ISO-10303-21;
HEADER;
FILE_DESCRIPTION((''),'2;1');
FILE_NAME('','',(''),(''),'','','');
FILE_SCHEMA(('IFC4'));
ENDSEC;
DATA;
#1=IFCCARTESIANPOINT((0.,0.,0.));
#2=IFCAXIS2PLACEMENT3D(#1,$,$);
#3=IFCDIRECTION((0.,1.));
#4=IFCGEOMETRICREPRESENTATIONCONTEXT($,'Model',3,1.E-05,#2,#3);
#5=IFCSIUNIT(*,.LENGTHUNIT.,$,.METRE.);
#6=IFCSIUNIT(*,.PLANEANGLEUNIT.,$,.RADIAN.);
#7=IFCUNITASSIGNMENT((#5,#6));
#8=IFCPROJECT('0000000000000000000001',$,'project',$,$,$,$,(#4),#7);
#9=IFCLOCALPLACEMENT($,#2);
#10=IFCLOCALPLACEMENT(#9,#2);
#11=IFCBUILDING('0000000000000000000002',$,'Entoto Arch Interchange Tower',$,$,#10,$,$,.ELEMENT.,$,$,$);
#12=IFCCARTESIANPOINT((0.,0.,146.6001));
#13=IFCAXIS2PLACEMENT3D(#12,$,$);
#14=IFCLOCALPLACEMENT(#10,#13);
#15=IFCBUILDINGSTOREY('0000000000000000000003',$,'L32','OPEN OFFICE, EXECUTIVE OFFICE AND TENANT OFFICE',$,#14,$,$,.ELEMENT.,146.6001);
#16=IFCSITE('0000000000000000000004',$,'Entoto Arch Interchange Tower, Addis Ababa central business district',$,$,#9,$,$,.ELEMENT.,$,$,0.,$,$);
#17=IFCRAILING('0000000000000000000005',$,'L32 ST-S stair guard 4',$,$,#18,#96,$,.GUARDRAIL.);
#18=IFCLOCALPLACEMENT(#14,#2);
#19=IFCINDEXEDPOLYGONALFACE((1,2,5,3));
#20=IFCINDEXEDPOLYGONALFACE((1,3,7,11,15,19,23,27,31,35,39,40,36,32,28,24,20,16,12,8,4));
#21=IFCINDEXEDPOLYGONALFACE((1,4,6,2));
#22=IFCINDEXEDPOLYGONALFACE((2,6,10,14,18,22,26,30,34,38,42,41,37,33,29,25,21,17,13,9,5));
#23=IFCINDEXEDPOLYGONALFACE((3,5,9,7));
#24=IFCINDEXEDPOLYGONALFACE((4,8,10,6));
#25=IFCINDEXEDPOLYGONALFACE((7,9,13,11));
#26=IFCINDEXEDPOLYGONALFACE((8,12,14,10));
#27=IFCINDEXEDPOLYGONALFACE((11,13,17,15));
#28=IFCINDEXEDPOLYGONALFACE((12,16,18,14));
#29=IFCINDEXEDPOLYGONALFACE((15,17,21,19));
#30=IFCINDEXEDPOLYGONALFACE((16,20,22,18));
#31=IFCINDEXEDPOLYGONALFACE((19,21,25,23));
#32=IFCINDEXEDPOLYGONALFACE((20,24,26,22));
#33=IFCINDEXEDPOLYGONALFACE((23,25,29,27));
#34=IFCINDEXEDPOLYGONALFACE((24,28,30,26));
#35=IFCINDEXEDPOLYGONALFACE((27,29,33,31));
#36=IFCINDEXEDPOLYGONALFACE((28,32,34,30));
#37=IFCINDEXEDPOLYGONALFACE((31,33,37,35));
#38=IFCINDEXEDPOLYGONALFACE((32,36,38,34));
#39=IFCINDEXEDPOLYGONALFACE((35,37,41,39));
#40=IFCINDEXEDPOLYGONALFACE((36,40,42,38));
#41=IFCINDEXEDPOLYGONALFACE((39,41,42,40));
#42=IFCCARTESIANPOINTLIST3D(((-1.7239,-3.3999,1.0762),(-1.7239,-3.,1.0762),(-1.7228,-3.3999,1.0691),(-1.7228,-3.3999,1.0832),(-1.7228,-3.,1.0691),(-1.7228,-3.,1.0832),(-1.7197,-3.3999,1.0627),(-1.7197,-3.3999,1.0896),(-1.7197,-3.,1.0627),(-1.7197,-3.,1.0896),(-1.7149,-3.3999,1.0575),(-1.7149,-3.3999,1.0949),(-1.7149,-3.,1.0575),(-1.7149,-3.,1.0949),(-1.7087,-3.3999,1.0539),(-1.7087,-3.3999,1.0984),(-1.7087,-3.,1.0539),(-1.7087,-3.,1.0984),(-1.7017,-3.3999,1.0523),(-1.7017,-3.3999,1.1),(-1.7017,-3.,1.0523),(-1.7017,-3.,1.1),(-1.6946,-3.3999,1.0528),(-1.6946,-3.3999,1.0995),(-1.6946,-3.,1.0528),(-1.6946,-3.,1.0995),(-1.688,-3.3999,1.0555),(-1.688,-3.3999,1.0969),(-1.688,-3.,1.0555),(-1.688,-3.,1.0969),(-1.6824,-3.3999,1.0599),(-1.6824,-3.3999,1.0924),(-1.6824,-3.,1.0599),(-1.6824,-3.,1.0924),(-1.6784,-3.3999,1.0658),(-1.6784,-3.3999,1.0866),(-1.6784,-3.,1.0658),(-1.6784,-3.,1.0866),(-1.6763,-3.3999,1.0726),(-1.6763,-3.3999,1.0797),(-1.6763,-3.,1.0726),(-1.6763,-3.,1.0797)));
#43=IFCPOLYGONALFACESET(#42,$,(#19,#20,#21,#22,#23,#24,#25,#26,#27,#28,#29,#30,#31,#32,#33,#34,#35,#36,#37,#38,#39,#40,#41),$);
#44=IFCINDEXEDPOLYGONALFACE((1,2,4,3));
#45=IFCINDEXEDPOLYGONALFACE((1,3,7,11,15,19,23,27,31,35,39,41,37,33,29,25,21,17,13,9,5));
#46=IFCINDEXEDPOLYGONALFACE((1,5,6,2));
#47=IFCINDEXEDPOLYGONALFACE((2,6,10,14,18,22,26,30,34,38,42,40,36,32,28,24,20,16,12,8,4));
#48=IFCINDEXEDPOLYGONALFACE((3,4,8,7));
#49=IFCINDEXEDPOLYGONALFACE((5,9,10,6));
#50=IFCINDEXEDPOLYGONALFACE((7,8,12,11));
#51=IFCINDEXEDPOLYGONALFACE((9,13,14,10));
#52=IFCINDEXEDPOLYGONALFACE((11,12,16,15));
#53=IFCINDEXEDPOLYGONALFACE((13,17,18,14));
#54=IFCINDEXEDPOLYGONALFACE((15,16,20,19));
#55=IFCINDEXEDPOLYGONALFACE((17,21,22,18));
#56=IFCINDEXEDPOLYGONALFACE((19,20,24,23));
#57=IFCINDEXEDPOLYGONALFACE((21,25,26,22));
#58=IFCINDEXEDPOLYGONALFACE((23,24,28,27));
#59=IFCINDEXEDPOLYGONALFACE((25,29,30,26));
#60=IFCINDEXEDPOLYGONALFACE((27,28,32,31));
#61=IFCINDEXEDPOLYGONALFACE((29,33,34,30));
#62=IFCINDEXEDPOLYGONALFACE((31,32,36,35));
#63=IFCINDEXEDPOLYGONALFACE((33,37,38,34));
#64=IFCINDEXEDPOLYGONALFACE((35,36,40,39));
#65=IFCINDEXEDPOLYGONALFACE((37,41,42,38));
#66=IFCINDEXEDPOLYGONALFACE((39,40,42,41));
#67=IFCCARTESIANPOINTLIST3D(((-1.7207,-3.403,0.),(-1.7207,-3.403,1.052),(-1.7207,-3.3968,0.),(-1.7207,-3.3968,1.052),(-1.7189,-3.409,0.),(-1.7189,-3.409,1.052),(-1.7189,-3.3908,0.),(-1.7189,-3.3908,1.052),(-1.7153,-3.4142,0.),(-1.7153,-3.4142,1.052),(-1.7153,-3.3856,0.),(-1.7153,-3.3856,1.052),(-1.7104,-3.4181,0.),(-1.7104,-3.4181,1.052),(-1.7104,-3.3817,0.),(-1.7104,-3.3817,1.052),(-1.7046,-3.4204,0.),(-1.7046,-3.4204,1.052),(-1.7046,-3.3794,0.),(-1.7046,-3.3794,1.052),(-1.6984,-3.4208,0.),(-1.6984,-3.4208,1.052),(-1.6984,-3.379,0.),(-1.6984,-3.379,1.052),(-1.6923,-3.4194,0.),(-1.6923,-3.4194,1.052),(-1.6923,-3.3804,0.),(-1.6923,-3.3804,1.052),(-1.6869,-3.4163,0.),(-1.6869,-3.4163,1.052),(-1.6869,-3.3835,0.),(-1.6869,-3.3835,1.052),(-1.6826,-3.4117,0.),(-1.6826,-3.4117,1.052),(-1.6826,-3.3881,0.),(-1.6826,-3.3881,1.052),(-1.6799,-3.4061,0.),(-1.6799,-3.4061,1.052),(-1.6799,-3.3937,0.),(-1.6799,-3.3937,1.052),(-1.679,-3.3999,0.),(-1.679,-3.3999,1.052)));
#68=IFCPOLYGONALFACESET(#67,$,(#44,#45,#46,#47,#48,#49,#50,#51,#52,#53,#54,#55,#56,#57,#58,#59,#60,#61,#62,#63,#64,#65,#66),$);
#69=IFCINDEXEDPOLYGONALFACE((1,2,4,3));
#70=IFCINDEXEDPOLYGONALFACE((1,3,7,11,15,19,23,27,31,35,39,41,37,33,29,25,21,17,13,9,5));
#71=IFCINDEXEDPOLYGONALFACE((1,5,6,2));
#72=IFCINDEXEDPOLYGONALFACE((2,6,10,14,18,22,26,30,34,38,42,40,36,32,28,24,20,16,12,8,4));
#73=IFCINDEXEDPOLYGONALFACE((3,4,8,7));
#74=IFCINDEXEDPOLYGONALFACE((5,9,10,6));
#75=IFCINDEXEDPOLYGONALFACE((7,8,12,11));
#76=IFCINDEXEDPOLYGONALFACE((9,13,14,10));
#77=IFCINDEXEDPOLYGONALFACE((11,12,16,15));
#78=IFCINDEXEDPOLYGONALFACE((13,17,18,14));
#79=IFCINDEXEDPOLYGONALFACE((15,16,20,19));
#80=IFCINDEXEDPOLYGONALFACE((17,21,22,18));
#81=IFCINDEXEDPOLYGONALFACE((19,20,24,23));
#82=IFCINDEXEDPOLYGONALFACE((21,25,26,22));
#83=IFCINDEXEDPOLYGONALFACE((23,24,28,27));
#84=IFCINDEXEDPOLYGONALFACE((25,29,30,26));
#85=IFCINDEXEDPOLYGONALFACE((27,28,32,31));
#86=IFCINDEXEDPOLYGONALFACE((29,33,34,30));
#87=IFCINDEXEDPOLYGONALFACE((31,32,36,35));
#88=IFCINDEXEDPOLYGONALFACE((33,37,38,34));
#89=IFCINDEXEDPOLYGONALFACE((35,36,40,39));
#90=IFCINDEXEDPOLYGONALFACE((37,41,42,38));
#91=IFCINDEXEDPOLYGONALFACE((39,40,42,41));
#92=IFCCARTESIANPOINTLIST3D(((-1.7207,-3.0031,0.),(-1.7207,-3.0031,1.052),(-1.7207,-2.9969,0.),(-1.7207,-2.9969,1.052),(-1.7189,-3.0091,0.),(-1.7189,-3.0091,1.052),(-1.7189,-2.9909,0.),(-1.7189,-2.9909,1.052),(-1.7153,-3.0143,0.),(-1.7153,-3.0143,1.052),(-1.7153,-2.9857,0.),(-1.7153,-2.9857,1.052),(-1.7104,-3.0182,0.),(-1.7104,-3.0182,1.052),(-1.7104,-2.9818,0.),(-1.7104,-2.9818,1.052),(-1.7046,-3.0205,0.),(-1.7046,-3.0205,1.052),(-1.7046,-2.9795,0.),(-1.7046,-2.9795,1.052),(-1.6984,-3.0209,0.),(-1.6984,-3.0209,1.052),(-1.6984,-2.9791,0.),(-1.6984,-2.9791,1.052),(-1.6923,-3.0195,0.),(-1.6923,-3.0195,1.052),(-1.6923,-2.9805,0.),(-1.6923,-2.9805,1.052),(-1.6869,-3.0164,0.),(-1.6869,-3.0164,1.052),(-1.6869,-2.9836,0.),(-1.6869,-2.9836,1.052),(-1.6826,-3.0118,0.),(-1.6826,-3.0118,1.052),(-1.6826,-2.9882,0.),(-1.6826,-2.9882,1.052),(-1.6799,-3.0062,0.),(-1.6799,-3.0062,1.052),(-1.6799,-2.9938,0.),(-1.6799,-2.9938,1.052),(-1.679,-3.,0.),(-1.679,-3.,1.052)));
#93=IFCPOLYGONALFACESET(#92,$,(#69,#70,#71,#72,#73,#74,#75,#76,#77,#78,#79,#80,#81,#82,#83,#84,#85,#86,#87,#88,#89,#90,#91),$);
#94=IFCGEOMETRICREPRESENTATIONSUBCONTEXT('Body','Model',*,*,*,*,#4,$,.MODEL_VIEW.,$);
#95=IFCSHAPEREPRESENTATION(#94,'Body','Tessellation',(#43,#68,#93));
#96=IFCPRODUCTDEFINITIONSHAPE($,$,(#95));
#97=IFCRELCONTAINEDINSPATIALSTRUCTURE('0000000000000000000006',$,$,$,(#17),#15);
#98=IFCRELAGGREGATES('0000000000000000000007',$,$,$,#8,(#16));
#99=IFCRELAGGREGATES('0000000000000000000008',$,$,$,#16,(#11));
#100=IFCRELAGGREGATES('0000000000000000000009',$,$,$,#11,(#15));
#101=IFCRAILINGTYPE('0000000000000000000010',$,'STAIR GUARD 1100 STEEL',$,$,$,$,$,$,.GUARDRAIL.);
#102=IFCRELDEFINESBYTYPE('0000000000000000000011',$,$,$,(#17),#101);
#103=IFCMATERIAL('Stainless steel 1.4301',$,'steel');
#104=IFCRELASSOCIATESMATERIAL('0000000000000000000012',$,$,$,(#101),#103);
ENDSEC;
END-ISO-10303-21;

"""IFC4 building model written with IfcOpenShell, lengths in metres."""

from ifc_helpers import new_model, si_unit, direction, frame, origin, origin_2d, place, context, subcontext, project, spatial, circle, extrude, material, type_object, element, save


model = new_model("IFC4")

# Units and contexts
model_context = context("Model", 3, precision=1e-05, world=origin(), true_north=direction((0.0, 1.0)))
body_context = subcontext(model_context, "Body", "Model", "MODEL_VIEW")
ifc_project = project(units=[si_unit("LENGTHUNIT", "METRE"), si_unit("PLANEANGLEUNIT", "RADIAN")], contexts=[model_context])

# Site, building, storey
site_placement = place(None, origin())
site = spatial("IfcSite", under=ifc_project, at=site_placement, Name="Entoto Arch Interchange Tower, Addis Ababa central business district", CompositionType="ELEMENT", RefElevation=0.0)
building_placement = place(site_placement, origin())
building = spatial("IfcBuilding", under=site, at=building_placement, Name="Entoto Arch Interchange Tower", CompositionType="ELEMENT")
storey_placement = place(building_placement, frame((0.0, 0.0, 146.6001)))
storey = spatial("IfcBuildingStorey", under=building, at=storey_placement, Name="L32", Description="OPEN OFFICE, EXECUTIVE OFFICE AND TENANT OFFICE", CompositionType="ELEMENT", Elevation=146.6001)

# Railing
ifc_material_1 = material(Name="Stainless steel 1.4301", Category="steel")
railing_type_1 = type_object("IfcRailingType", Name="STAIR GUARD 1100 STEEL", PredefinedType="GUARDRAIL", material=ifc_material_1)
railing_1_placement = place(storey_placement, frame((-1.7, -3.3999, 0.0)))
element("IfcRailing", 1, at=railing_1_placement, inside=storey, type_object=railing_type_1, Name="L32 ST-S stair guard 4", PredefinedType="GUARDRAIL", context=body_context, shape_type="SweptSolid", body=[
    extrude(circle(Radius=0.0239, at=origin_2d()), frame((0.0, 0.0, 1.0762), z_axis=(0.0, 1.0, 0.0), x_axis=(-1.0, 0.0, 0.0)), (0.0, 0.0, 1.0), 0.3999),
    extrude(circle(Radius=0.021, at=origin_2d()), origin(), (0.0, 0.0, 1.0), 1.052),
    extrude(circle(Radius=0.021, at=origin_2d()), frame((0.0, 0.3999, 0.0)), (0.0, 0.0, 1.0), 1.052),
])

save(model, "model.ifc")
